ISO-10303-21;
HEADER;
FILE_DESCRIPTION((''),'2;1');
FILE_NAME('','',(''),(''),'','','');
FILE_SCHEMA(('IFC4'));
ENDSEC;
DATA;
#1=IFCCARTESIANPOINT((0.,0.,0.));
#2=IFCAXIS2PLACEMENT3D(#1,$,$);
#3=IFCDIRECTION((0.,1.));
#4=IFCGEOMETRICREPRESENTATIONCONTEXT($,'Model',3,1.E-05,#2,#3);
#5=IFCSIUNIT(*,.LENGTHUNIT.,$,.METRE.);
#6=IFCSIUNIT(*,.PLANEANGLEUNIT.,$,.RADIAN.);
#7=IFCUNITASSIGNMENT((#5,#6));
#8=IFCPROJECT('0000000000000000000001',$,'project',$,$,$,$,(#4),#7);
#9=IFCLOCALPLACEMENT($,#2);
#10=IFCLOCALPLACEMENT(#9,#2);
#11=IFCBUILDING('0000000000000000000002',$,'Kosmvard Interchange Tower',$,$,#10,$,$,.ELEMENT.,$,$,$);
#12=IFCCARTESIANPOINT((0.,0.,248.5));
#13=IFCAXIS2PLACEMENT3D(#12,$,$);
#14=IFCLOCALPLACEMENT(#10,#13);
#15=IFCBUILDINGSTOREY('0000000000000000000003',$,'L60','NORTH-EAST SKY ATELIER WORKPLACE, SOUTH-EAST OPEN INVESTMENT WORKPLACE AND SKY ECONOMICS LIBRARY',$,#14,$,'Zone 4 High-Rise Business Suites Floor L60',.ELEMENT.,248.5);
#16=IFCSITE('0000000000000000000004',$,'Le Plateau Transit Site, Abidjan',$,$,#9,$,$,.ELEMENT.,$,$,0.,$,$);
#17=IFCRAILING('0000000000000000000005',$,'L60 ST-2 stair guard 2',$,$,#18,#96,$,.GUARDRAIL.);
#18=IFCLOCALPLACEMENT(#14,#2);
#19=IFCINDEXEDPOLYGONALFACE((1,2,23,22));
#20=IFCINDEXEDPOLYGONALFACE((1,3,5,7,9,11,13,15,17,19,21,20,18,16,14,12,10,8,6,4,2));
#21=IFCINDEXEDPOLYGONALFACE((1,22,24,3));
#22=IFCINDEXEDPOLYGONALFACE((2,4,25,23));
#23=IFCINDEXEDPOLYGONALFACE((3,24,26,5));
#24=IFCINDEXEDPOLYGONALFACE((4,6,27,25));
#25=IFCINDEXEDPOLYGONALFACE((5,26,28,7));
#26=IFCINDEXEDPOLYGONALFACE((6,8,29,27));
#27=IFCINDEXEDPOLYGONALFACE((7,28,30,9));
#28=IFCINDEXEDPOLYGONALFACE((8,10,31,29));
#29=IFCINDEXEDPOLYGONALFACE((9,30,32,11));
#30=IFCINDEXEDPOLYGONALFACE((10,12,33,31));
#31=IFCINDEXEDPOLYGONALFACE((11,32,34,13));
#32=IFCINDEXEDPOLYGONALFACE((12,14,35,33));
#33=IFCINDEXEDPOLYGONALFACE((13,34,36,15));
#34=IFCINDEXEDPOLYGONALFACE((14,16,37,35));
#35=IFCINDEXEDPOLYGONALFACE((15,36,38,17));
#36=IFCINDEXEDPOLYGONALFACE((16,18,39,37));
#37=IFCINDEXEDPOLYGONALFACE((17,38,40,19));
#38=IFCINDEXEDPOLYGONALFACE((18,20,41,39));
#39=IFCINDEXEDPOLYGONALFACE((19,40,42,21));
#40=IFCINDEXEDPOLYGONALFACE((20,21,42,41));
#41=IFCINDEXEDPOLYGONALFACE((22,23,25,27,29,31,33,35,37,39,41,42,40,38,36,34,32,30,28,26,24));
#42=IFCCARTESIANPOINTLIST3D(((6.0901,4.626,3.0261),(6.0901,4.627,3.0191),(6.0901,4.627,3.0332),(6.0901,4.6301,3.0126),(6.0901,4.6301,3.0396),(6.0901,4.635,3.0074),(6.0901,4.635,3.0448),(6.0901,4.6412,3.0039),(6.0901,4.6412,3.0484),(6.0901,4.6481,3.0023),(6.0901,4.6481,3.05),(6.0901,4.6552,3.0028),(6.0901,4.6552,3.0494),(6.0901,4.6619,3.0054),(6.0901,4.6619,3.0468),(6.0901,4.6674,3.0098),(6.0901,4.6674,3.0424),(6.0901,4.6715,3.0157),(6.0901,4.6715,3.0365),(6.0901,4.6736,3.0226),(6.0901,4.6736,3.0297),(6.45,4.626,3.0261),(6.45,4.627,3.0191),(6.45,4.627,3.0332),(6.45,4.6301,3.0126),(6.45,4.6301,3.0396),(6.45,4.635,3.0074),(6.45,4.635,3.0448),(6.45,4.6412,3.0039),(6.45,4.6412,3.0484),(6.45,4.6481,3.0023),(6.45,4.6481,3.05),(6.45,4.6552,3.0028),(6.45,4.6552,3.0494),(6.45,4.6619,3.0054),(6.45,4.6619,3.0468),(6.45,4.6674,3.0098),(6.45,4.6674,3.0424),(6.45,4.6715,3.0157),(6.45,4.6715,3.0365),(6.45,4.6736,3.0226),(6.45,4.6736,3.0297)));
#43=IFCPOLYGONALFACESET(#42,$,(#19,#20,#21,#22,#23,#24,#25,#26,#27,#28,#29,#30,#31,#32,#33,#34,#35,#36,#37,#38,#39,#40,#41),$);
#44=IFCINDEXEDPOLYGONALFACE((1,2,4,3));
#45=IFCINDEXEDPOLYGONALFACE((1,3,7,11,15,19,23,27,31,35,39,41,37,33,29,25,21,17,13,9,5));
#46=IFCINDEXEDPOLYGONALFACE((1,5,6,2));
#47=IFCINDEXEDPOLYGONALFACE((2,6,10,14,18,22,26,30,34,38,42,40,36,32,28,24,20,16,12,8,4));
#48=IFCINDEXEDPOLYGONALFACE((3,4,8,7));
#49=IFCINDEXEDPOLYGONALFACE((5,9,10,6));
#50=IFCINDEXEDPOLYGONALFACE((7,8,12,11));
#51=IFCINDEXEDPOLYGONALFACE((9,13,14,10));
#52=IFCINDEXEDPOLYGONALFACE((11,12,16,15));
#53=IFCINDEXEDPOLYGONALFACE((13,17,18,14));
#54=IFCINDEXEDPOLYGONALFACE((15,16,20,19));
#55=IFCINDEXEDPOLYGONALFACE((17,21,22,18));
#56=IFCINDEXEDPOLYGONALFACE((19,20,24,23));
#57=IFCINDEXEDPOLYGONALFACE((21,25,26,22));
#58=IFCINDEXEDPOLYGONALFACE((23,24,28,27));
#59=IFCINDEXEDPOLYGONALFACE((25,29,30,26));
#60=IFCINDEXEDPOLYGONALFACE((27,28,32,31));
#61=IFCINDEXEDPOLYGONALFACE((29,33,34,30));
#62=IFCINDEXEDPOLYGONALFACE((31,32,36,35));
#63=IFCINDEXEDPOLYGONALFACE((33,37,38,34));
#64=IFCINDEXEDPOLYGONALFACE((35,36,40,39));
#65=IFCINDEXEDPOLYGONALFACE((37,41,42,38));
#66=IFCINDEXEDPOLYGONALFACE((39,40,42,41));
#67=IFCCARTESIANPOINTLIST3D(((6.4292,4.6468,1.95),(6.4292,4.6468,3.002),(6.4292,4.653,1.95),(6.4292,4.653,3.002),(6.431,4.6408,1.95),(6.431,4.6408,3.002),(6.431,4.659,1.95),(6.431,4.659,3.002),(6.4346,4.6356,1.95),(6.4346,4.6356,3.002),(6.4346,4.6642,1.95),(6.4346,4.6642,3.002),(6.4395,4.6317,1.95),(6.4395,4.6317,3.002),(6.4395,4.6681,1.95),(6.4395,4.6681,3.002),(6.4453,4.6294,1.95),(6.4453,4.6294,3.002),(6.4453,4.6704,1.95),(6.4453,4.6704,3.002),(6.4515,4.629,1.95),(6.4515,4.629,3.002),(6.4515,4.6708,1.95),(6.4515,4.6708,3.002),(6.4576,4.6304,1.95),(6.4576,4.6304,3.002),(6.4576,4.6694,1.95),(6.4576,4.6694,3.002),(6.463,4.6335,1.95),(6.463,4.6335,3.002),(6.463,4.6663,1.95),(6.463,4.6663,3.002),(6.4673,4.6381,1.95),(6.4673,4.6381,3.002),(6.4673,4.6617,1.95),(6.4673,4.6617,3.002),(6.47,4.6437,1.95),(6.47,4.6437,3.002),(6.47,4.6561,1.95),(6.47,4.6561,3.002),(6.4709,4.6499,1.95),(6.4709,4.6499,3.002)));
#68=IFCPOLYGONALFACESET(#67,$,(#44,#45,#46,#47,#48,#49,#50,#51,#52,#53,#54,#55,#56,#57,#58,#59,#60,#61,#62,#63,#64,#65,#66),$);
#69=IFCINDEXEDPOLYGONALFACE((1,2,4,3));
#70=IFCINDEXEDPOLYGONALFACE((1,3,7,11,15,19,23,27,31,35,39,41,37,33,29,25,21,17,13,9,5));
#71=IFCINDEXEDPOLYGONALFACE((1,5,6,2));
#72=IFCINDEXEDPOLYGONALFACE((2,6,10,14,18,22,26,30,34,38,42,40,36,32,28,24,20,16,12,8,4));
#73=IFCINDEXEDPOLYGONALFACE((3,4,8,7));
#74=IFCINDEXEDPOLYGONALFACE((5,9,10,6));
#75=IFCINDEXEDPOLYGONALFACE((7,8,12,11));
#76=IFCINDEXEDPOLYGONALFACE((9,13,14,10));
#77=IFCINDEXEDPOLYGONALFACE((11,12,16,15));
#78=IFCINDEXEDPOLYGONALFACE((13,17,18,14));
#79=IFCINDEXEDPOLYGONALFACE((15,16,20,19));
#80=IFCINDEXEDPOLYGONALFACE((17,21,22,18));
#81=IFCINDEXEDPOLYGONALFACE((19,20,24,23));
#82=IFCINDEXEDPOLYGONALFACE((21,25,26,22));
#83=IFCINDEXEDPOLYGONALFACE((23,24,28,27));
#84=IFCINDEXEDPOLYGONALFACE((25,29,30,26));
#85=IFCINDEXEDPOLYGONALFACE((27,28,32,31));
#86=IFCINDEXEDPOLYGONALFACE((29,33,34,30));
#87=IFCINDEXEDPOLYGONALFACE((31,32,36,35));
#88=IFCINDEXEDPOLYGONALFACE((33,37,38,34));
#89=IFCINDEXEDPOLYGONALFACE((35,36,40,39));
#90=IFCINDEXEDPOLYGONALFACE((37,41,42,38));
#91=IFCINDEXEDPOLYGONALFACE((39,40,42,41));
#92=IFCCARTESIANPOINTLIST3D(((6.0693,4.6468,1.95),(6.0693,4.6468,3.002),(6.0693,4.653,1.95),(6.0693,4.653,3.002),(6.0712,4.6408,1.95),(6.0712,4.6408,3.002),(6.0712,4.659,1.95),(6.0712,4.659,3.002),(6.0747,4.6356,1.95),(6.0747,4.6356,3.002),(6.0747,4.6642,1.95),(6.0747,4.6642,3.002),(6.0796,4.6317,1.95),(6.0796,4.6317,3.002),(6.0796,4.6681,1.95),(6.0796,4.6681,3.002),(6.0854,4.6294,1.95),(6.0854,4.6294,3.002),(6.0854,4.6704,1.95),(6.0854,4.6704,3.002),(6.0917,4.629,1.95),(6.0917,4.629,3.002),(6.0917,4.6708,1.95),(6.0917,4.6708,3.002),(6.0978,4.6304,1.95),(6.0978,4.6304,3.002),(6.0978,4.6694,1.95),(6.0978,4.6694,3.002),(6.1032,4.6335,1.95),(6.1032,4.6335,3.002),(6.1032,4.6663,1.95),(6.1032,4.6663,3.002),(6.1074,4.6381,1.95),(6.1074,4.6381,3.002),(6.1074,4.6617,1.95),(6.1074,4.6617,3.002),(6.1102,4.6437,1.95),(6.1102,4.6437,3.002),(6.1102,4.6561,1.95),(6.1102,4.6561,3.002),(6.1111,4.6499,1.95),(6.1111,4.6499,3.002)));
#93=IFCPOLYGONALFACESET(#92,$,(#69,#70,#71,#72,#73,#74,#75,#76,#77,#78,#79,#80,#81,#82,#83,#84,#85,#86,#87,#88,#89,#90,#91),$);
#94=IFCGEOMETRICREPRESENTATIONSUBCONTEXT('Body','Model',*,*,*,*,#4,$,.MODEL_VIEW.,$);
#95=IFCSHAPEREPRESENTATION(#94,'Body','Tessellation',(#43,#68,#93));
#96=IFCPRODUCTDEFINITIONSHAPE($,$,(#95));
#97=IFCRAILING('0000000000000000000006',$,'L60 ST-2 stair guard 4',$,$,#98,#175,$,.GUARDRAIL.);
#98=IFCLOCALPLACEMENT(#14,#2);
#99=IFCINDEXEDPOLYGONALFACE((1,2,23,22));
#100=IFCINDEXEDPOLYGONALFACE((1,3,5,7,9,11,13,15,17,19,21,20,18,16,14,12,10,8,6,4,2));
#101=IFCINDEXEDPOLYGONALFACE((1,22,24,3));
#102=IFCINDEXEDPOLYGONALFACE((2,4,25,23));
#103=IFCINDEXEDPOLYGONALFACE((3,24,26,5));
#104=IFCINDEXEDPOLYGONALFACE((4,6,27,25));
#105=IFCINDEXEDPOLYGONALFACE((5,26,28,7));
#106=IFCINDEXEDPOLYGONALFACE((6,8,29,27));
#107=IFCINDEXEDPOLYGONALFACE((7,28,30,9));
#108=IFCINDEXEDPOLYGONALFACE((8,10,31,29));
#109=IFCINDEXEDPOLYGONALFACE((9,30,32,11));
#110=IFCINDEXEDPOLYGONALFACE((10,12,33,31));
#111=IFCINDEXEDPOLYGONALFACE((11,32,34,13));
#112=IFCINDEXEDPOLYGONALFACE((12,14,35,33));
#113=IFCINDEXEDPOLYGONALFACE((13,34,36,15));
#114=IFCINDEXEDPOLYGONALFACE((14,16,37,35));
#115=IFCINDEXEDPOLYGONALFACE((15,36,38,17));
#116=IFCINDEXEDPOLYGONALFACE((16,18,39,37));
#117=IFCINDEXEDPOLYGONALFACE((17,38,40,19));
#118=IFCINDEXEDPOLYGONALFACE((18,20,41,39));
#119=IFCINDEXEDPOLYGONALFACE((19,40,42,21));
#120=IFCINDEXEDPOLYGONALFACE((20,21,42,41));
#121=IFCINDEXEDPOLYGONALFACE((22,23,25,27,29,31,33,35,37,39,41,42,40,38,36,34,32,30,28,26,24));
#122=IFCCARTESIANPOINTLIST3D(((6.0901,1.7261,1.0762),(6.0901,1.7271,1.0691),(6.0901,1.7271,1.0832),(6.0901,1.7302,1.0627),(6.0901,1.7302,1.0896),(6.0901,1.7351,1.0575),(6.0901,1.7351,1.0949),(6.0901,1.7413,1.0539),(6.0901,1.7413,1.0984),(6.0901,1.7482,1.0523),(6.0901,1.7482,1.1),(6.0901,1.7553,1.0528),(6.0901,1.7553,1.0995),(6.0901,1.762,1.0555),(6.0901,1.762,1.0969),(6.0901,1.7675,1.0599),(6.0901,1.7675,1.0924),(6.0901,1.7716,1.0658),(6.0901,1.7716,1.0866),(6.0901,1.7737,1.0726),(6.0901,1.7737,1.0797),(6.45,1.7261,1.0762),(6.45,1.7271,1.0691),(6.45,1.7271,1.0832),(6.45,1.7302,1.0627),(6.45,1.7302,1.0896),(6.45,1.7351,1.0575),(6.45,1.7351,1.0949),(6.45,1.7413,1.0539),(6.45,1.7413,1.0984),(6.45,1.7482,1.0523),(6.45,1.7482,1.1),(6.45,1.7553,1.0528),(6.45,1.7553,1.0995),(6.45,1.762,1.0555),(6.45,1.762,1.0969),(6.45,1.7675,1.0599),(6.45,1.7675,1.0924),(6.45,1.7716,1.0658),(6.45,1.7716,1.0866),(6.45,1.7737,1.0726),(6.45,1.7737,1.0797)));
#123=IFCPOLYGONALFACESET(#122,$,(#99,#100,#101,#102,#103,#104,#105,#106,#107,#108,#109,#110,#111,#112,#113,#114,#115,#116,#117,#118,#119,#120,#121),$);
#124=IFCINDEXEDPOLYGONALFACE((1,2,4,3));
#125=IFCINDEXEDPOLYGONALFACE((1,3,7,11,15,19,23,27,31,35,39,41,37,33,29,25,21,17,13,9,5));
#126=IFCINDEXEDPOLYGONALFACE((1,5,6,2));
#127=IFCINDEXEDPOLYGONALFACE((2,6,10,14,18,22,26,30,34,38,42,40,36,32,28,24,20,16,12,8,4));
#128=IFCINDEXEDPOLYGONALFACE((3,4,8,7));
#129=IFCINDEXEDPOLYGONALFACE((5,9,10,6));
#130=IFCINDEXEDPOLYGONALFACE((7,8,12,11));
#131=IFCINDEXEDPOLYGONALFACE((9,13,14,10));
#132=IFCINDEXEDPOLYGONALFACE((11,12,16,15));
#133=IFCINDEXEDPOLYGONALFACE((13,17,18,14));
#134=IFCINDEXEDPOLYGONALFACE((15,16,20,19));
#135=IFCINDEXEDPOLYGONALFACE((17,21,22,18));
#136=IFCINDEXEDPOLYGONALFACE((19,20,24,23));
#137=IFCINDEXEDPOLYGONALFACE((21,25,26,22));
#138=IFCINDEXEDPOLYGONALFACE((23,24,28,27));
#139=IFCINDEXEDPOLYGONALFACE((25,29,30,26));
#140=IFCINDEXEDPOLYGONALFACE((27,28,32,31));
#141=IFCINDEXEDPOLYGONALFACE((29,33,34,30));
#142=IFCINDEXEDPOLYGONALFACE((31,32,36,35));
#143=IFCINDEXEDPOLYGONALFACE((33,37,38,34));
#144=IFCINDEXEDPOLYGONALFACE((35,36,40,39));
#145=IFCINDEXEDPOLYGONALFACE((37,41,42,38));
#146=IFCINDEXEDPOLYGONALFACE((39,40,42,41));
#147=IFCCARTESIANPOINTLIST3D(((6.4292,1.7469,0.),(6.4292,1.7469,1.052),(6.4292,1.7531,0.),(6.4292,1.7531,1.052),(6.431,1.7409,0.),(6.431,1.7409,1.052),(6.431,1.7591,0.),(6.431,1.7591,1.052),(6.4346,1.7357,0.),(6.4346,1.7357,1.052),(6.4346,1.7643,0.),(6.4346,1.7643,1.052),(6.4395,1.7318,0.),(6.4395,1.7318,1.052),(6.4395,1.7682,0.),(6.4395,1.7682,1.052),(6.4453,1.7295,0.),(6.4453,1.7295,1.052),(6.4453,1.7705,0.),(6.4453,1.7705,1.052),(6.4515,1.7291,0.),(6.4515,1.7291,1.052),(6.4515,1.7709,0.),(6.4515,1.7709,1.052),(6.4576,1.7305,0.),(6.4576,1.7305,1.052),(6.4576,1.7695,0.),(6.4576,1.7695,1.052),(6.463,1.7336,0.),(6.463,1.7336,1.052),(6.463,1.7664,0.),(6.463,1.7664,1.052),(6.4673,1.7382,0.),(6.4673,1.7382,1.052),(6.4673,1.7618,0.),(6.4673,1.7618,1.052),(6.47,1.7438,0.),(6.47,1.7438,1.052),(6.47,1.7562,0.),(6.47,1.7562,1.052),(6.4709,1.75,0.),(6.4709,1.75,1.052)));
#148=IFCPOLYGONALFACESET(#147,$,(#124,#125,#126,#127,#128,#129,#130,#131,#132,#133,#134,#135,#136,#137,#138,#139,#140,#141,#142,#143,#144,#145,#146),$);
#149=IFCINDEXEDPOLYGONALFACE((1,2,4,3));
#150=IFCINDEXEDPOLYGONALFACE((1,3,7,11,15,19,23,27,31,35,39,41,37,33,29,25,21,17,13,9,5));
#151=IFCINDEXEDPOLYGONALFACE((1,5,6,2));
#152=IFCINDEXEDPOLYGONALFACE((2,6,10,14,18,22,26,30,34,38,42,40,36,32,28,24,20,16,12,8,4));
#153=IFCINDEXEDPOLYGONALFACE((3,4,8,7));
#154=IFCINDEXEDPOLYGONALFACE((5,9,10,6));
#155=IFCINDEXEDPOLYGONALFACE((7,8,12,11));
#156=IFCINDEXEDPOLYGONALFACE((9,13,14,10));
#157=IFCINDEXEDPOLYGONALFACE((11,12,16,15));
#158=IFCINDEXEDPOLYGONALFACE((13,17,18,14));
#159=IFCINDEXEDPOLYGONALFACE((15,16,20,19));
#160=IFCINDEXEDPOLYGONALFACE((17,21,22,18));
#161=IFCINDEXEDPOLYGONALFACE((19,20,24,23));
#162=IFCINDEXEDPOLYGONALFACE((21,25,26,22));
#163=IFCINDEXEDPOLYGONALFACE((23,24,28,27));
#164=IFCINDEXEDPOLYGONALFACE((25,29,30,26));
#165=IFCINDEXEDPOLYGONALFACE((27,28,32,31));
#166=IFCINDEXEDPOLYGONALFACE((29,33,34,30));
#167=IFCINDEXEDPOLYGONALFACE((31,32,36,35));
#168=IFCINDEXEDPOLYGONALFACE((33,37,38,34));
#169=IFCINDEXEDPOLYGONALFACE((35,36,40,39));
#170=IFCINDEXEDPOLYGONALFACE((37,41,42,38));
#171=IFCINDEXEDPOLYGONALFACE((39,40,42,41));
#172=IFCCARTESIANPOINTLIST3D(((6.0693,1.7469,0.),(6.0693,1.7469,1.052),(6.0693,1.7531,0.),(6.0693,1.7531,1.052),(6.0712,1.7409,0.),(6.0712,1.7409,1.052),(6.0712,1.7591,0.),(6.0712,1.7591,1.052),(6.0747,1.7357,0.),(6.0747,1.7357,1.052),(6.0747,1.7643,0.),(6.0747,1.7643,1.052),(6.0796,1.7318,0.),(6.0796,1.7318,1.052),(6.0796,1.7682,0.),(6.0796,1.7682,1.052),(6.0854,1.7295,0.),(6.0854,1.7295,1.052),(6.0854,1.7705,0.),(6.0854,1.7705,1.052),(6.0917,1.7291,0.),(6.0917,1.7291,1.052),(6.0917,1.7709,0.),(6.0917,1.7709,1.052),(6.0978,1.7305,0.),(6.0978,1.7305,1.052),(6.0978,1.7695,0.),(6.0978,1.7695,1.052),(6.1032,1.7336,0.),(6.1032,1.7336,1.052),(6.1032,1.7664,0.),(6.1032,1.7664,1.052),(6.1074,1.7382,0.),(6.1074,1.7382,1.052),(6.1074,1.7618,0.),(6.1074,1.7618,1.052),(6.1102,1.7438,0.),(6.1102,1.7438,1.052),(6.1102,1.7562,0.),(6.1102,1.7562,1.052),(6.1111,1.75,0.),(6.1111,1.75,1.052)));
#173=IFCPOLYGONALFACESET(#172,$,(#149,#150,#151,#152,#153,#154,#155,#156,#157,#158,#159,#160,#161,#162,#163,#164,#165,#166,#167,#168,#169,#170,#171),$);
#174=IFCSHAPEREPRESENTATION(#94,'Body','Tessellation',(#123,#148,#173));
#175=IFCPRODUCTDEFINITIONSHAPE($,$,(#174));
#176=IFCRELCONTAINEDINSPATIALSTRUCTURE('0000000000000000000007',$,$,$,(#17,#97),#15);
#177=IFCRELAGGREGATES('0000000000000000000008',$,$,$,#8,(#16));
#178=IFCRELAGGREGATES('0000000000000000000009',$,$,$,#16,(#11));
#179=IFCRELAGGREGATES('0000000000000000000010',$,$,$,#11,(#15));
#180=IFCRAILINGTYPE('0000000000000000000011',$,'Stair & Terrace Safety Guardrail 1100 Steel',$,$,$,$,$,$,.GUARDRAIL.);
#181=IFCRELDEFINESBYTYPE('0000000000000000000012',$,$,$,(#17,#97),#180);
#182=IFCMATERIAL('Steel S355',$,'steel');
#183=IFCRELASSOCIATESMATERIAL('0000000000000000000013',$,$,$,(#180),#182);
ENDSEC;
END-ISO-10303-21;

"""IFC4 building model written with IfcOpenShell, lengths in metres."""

from ifc_helpers import new_model, si_unit, direction, frame, origin, origin_2d, place, context, subcontext, project, spatial, circle, extrude, source, transform, mapped, material, type_object, element, save


model = new_model("IFC4")

# Units and contexts
model_context = context("Model", 3, precision=1e-05, world=origin(), true_north=direction((0.0, 1.0)))
body_context = subcontext(model_context, "Body", "Model", "MODEL_VIEW")
ifc_project = project(units=[si_unit("LENGTHUNIT", "METRE"), si_unit("PLANEANGLEUNIT", "RADIAN")], contexts=[model_context])

# Site, building, storey
site_placement = place(None, origin())
site = spatial("IfcSite", under=ifc_project, at=site_placement, Name="Le Plateau Transit Site, Abidjan", CompositionType="ELEMENT", RefElevation=0.0)
building_placement = place(site_placement, origin())
building = spatial("IfcBuilding", under=site, at=building_placement, Name="Kosmvard Interchange Tower", CompositionType="ELEMENT")
storey_placement = place(building_placement, frame((0.0, 0.0, 248.5)))
storey = spatial("IfcBuildingStorey", under=building, at=storey_placement, Name="L60", Description="NORTH-EAST SKY ATELIER WORKPLACE, SOUTH-EAST OPEN INVESTMENT WORKPLACE AND SKY ECONOMICS LIBRARY", LongName="Zone 4 High-Rise Business Suites Floor L60", CompositionType="ELEMENT", Elevation=248.5)

# Shared definitions
ifc_material_1 = material(Name="Steel S355", Category="steel")

# Railings
railing_type_1 = type_object("IfcRailingType", Name="Stair & Terrace Safety Guardrail 1100 Steel", PredefinedType="GUARDRAIL", material=ifc_material_1)
shared_shape_1 = source(origin(), body_context, "Body", "SweptSolid", [
    extrude(circle(Radius=0.0239, at=origin_2d()), frame((0.0, 0.0, 1.0762), z_axis=(-1.0, 0.0, 0.0), x_axis=(0.0, -1.0, 0.0)), (0.0, 0.0, 1.0), 0.3599),
    extrude(circle(Radius=0.021, at=origin_2d()), origin(), (0.0, 0.0, 1.0), 1.052),
    extrude(circle(Radius=0.021, at=origin_2d()), frame((-0.3599, 0.0, 0.0)), (0.0, 0.0, 1.0), 1.052),
])
for number, where, name in (
    (1, (6.45, 4.6499, 1.95), "L60 ST-2 stair guard 2"),
    (2, (6.45, 1.75, 0.0), "L60 ST-2 stair guard 4"),
):
    element("IfcRailing", number, at=place(storey_placement, frame(where)), inside=storey, type_object=railing_type_1, Name=name, PredefinedType="GUARDRAIL", context=body_context, shape_type="MappedRepresentation", body=[
        mapped(shared_shape_1, transform((0.0, 0.0, 0.0), scale=1.0)),
    ])

save(model, "model.ifc")
